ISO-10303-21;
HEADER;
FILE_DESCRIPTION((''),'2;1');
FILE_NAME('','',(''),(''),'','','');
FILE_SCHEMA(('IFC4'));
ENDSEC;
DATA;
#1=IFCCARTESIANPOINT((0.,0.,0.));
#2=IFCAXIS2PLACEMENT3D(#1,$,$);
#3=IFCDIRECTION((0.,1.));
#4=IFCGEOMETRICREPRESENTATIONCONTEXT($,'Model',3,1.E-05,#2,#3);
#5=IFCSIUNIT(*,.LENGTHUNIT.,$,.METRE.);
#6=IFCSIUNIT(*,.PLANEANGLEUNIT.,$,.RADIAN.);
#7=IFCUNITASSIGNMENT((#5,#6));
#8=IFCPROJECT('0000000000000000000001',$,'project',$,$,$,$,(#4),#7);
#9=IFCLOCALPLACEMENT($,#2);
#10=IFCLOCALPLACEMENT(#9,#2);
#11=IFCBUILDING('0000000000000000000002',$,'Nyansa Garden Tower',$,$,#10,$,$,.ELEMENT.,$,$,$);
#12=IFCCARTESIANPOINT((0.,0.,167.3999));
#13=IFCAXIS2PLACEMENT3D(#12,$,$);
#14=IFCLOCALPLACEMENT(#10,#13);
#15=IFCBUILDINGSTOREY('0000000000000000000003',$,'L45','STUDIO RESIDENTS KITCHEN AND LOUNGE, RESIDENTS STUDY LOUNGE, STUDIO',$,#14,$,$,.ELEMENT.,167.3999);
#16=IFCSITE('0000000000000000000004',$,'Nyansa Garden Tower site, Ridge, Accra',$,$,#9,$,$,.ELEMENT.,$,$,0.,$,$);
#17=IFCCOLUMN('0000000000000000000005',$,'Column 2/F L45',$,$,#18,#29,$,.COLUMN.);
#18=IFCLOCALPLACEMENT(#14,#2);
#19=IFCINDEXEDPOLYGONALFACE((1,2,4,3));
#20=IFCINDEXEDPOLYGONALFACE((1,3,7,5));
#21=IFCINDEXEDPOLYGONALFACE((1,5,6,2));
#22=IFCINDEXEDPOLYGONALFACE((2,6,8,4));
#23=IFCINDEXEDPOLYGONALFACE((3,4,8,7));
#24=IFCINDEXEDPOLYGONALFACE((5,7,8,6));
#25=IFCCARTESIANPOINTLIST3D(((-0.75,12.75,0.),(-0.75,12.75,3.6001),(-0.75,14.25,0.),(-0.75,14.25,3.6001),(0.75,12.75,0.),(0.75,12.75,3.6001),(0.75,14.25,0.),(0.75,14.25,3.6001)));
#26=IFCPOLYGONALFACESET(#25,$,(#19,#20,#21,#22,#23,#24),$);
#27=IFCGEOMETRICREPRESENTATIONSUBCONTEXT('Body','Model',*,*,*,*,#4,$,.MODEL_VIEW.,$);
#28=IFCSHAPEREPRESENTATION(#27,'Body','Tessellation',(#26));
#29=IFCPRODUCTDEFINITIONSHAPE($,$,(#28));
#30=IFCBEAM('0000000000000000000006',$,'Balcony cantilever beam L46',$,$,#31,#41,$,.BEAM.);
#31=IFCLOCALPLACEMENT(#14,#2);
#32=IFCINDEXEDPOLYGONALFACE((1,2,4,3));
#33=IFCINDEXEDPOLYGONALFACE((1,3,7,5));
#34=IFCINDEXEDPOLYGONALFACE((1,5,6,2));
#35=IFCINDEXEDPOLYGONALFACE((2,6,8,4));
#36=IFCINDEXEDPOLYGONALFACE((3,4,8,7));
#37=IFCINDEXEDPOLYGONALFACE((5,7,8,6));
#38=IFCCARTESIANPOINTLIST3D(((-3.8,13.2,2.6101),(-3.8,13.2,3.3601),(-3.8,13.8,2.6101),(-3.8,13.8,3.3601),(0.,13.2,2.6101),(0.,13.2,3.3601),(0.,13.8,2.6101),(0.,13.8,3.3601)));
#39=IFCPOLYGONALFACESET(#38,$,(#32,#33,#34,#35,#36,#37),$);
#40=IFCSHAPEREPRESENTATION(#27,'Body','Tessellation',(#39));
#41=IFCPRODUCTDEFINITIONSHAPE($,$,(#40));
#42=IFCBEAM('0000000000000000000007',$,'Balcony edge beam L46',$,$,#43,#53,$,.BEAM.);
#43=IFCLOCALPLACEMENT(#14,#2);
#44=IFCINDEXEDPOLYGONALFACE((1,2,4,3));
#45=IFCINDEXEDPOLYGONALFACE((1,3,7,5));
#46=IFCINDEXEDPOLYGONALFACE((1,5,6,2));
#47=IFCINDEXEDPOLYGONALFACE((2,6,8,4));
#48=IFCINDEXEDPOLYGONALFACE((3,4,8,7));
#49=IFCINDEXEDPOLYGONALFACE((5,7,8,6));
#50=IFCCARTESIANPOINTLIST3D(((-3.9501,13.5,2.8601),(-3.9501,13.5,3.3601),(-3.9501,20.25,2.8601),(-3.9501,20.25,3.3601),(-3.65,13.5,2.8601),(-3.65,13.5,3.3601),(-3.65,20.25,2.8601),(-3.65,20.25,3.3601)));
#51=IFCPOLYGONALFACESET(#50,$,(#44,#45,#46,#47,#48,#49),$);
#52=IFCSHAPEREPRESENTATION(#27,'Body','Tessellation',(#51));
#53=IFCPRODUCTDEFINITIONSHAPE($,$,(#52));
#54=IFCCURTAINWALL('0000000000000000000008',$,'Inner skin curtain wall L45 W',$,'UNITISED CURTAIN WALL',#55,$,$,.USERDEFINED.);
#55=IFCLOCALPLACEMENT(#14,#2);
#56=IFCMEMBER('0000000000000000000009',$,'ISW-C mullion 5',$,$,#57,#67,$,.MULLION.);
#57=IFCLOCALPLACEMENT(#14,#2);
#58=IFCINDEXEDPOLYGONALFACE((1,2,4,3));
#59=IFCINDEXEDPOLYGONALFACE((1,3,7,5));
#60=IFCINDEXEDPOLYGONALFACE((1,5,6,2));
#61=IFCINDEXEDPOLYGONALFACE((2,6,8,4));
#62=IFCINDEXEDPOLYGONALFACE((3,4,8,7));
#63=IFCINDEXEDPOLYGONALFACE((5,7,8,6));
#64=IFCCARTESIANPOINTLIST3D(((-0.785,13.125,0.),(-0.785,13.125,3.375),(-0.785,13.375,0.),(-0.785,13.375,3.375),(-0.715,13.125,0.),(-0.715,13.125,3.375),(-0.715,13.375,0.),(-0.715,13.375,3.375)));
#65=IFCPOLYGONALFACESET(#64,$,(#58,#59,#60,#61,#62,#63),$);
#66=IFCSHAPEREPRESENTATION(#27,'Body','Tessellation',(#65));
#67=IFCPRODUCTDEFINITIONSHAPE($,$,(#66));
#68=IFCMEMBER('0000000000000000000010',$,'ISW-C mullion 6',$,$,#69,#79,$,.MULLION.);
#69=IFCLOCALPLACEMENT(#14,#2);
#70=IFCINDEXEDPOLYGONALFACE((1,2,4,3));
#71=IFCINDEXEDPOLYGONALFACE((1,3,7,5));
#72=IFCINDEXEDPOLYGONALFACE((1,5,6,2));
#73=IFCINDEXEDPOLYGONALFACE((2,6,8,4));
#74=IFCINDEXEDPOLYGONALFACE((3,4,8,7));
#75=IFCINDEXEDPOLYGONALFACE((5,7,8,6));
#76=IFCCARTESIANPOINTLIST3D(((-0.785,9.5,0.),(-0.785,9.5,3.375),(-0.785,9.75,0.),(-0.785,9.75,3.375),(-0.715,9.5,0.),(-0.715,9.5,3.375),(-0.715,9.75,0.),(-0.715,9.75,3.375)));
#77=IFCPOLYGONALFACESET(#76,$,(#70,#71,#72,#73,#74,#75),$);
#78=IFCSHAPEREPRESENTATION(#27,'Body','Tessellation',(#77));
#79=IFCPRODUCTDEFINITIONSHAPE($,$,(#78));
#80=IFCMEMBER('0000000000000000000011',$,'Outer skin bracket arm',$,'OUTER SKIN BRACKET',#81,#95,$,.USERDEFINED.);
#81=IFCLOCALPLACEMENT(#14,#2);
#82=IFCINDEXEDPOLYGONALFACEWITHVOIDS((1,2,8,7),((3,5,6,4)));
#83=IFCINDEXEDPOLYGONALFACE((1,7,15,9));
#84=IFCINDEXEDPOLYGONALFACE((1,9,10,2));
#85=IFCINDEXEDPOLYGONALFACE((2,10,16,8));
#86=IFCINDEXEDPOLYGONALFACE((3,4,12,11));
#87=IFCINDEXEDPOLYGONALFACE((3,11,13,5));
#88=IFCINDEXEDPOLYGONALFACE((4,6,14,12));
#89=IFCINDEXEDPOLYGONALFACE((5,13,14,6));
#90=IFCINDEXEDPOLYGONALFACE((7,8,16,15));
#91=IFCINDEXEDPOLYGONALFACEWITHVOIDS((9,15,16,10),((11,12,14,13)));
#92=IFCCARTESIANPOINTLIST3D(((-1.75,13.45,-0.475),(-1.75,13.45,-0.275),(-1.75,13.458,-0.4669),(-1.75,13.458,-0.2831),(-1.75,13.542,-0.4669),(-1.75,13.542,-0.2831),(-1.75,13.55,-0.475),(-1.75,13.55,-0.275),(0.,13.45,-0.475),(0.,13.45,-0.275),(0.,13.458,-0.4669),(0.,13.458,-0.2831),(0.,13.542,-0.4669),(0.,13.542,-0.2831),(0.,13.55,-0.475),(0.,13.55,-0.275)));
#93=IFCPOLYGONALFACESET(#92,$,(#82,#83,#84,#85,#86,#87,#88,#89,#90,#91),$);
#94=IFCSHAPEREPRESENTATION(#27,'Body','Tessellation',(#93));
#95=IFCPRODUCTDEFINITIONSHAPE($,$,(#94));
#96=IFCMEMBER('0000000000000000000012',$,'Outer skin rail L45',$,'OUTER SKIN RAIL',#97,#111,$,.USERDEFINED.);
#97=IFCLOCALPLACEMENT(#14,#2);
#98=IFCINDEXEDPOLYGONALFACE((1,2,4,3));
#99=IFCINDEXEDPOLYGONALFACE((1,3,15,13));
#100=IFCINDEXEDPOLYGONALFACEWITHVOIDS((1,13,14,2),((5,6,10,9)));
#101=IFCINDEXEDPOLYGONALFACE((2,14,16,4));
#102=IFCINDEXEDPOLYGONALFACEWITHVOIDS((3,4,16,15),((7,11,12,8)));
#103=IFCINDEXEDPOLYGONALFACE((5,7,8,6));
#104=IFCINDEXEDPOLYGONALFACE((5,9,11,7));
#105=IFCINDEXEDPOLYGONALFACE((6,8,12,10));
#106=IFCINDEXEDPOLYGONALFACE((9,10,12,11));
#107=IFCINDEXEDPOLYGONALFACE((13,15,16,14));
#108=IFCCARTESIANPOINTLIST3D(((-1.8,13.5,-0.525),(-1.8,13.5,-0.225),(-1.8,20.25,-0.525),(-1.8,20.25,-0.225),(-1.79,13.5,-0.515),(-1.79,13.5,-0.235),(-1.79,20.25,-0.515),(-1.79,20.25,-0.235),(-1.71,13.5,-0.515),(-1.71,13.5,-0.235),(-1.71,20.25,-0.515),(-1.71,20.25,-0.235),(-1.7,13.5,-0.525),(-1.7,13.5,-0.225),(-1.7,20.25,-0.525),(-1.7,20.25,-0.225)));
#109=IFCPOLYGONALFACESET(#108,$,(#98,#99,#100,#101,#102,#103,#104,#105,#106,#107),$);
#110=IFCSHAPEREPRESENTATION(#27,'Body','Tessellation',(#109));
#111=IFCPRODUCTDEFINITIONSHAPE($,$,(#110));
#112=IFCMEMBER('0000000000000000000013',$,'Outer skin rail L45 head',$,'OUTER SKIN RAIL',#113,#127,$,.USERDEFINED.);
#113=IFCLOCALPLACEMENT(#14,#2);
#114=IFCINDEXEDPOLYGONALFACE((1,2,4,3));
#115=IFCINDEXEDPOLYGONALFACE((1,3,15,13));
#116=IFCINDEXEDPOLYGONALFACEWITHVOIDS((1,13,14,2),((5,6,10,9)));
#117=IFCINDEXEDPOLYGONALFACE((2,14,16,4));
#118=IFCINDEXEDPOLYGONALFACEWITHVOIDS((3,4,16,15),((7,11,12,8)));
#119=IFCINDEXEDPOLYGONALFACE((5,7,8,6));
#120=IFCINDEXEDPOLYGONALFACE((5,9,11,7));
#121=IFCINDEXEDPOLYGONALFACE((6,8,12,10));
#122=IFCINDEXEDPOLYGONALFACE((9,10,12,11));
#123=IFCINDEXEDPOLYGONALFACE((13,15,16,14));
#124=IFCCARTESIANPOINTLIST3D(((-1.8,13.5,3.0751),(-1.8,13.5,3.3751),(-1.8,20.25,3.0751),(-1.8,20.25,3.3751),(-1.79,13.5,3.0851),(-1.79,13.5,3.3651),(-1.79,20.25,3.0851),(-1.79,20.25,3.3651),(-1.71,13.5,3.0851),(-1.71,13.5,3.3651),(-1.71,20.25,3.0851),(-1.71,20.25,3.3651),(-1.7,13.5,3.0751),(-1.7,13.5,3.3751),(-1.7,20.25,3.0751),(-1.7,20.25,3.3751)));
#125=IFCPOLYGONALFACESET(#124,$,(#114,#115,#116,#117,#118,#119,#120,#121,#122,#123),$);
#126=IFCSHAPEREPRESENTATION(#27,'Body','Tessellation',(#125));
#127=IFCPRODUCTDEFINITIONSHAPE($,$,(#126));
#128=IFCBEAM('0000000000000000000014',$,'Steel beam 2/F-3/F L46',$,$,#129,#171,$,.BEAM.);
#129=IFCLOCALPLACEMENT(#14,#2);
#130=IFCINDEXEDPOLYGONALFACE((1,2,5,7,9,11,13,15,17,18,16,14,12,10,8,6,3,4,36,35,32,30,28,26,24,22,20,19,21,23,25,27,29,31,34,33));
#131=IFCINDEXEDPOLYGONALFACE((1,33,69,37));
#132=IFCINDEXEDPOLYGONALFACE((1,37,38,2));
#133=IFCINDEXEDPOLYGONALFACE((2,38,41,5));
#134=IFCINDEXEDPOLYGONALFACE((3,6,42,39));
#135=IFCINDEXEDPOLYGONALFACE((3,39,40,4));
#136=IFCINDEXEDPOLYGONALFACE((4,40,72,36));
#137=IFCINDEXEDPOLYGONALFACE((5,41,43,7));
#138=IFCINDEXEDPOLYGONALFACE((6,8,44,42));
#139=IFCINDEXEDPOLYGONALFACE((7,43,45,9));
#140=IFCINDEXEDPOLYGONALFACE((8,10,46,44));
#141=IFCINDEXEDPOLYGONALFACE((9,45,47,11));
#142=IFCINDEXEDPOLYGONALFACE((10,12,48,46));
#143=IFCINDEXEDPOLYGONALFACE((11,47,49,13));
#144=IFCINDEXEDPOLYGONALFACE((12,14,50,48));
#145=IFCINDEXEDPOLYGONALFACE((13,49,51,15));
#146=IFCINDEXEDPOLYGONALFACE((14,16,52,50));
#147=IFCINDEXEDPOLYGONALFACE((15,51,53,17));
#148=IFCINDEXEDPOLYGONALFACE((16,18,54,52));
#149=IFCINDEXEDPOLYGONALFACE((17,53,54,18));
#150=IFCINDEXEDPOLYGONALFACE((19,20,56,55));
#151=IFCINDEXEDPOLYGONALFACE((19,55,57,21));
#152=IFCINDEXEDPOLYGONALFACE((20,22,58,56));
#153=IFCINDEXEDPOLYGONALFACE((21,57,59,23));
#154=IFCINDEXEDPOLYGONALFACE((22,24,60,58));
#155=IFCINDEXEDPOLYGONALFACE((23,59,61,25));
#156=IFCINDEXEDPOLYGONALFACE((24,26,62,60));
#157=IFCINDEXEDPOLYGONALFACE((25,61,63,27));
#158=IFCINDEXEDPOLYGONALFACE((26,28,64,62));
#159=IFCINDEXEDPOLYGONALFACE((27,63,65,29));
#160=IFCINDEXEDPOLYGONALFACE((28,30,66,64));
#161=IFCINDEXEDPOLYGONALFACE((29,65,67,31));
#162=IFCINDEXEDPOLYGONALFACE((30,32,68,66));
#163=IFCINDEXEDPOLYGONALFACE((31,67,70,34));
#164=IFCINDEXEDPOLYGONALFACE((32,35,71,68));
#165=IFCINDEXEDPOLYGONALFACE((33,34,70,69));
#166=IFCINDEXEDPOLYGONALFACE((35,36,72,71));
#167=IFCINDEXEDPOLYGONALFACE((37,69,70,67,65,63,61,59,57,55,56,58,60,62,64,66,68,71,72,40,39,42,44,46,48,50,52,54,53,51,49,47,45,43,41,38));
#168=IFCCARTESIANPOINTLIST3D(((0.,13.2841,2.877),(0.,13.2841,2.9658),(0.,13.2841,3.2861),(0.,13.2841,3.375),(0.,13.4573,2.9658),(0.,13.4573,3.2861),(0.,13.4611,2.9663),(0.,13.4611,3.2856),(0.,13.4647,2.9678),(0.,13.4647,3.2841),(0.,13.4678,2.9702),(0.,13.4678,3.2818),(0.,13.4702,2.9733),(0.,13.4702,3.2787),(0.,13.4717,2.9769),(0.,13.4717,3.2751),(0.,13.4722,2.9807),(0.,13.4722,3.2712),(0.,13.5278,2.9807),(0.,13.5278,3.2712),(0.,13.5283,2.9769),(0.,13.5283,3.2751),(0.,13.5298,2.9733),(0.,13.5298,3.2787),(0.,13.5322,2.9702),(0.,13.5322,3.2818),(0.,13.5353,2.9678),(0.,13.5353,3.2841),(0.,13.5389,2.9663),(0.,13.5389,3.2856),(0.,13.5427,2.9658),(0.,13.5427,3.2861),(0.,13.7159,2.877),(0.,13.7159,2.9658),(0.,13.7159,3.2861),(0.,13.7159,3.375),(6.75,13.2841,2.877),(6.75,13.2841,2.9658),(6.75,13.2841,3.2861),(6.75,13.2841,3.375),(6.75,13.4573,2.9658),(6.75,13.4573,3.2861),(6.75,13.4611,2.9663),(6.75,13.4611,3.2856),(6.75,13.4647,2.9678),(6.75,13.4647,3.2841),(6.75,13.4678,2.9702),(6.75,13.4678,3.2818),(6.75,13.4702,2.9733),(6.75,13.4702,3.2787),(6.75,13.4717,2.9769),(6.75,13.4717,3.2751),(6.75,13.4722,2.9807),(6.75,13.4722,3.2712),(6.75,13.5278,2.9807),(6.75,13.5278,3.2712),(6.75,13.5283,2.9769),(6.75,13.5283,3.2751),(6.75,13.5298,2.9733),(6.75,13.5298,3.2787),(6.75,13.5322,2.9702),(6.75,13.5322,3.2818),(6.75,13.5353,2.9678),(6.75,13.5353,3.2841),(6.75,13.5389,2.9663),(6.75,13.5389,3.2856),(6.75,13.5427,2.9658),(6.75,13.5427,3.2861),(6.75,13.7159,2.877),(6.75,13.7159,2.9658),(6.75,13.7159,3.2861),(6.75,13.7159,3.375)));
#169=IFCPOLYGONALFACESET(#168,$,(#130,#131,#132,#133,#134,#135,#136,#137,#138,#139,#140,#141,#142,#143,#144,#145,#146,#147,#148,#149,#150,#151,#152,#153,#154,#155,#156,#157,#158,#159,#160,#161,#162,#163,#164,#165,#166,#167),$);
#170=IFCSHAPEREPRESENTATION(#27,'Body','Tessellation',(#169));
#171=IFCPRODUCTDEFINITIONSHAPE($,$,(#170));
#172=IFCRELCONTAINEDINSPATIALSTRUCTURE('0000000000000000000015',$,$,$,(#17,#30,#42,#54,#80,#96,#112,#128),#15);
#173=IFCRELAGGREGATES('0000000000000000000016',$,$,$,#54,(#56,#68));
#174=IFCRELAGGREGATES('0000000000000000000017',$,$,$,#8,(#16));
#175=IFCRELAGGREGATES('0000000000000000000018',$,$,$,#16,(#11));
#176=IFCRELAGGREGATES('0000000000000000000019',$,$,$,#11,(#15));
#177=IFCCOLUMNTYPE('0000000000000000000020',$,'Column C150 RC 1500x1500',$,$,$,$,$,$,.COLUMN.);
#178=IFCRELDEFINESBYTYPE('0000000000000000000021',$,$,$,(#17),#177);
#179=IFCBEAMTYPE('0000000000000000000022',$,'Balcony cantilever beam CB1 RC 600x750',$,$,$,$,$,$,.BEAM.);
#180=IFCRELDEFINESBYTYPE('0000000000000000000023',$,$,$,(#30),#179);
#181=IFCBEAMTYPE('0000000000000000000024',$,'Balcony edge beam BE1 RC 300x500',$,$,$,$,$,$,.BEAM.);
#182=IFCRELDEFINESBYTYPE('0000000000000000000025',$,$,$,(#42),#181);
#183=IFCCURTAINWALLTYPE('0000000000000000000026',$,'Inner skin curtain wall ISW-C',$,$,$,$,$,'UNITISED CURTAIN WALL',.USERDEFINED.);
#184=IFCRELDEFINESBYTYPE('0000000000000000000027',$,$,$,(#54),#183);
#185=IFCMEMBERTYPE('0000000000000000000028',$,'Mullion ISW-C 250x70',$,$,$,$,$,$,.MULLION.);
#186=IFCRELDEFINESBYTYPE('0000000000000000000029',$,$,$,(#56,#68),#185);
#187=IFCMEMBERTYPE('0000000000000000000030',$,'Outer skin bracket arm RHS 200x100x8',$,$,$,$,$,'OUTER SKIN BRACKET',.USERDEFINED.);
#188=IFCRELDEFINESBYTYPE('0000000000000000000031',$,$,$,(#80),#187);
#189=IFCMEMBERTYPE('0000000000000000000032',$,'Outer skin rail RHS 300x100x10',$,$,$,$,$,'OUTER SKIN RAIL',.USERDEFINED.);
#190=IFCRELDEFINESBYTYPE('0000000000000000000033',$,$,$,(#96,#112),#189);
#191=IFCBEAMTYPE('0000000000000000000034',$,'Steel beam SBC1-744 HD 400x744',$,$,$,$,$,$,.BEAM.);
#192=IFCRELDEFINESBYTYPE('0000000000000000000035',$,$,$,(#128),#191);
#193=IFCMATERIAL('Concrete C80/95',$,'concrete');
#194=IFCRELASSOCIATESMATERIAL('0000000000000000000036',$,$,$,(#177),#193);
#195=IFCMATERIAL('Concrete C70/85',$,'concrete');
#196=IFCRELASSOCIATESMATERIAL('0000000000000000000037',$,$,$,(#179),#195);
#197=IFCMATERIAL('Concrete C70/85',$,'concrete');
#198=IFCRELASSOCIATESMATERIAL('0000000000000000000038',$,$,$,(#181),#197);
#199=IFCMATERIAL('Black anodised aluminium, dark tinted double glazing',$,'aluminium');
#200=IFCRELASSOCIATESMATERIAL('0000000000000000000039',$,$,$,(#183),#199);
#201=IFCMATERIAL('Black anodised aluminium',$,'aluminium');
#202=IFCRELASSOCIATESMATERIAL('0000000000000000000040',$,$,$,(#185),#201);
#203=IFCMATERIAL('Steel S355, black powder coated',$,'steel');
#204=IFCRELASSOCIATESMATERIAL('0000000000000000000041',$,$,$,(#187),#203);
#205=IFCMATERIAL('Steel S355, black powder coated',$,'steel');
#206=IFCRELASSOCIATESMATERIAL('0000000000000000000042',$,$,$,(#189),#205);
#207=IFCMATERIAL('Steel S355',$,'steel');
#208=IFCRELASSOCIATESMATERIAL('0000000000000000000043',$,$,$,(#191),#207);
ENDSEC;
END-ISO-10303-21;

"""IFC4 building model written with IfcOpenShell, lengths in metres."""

from ifc_helpers import new_model, si_unit, direction, frame, origin, origin_2d, place, context, subcontext, project, spatial, rectangle, hollow_rectangle, i_section, extrude, material, material_profile, profile_set, type_object, element, aggregate, save


model = new_model("IFC4")

# Units and contexts
model_context = context("Model", 3, precision=1e-05, world=origin(), true_north=direction((0.0, 1.0)))
body_context = subcontext(model_context, "Body", "Model", "MODEL_VIEW")
ifc_project = project(units=[si_unit("LENGTHUNIT", "METRE"), si_unit("PLANEANGLEUNIT", "RADIAN")], contexts=[model_context])

# Site, building, storey
site_placement = place(None, origin())
site = spatial("IfcSite", under=ifc_project, at=site_placement, Name="Nyansa Garden Tower site, Ridge, Accra", CompositionType="ELEMENT", RefElevation=0.0)
building_placement = place(site_placement, origin())
building = spatial("IfcBuilding", under=site, at=building_placement, Name="Nyansa Garden Tower", CompositionType="ELEMENT")
storey_placement = place(building_placement, frame((0.0, 0.0, 167.3999)))
storey = spatial("IfcBuildingStorey", under=building, at=storey_placement, Name="L45", Description="STUDIO RESIDENTS KITCHEN AND LOUNGE, RESIDENTS STUDY LOUNGE, STUDIO", CompositionType="ELEMENT", Elevation=167.3999)

# Column
ifc_material_1 = material(Name="Concrete C80/95", Category="concrete")
ifc_material_profile_1 = material_profile(ifc_material_1, rectangle(XDim=1.5, YDim=1.5, at=origin_2d()), Name="RC 1500x1500")
ifc_profile_set_1 = profile_set([ifc_material_profile_1], Name="Concrete C80/95")
column_type = type_object("IfcColumnType", Name="Column C150 RC 1500x1500", PredefinedType="COLUMN", material=ifc_profile_set_1)
column_placement = place(storey_placement, frame((0.0, 13.5, 0.0), z_axis=(0.0, 0.0, 1.0), x_axis=(1.0, 0.0, 0.0)))
element("IfcColumn", 1, at=column_placement, inside=storey, type_object=column_type, Name="Column 2/F L45", PredefinedType="COLUMN", context=body_context, shape_type="SweptSolid", body=[
    extrude(rectangle(XDim=1.5, YDim=1.5, at=origin_2d()), origin(), (0.0, 0.0, 1.0), 3.6001),
])

# Beams
ifc_material_2 = material(Name="Concrete C70/85", Category="concrete")
ifc_material_profile_2 = material_profile(ifc_material_2, rectangle(XDim=0.6001, YDim=0.75, at=origin_2d()), Name="RC 600x750")
ifc_profile_set_2 = profile_set([ifc_material_profile_2], Name="Concrete C70/85")
beam_type_1 = type_object("IfcBeamType", Name="Balcony cantilever beam CB1 RC 600x750", PredefinedType="BEAM", material=ifc_profile_set_2)
beam_1_placement = place(storey_placement, frame((0.0, 13.5, 2.9851), z_axis=(-1.0, 0.0, 0.0), x_axis=(0.0, -1.0, 0.0)))
element("IfcBeam", 2, at=beam_1_placement, inside=storey, type_object=beam_type_1, Name="Balcony cantilever beam L46", PredefinedType="BEAM", context=body_context, shape_type="SweptSolid", body=[
    extrude(rectangle(XDim=0.6001, YDim=0.75, at=origin_2d()), origin(), (0.0, 0.0, 1.0), 3.8),
])
ifc_material_3 = material(Name="Concrete C70/85", Category="concrete")
ifc_material_profile_3 = material_profile(ifc_material_3, rectangle(XDim=0.3, YDim=0.5, at=origin_2d()), Name="RC 300x500")
ifc_profile_set_3 = profile_set([ifc_material_profile_3], Name="Concrete C70/85")
beam_type_2 = type_object("IfcBeamType", Name="Balcony edge beam BE1 RC 300x500", PredefinedType="BEAM", material=ifc_profile_set_3)
beam_2_placement = place(storey_placement, frame((-3.8, 13.5, 3.1101), z_axis=(0.0, 1.0, 0.0), x_axis=(-1.0, 0.0, 0.0)))
element("IfcBeam", 3, at=beam_2_placement, inside=storey, type_object=beam_type_2, Name="Balcony edge beam L46", PredefinedType="BEAM", context=body_context, shape_type="SweptSolid", body=[
    extrude(rectangle(XDim=0.3, YDim=0.5, at=origin_2d()), origin(), (0.0, 0.0, 1.0), 6.75),
])

# Curtain wall, members
ifc_material_4 = material(Name="Black anodised aluminium, dark tinted double glazing", Category="aluminium")
curtain_wall_type = type_object("IfcCurtainWallType", Name="Inner skin curtain wall ISW-C", ElementType="UNITISED CURTAIN WALL", PredefinedType="USERDEFINED", material=ifc_material_4)
curtain_wall_placement = place(storey_placement, origin())
curtain_wall = element("IfcCurtainWall", 4, at=curtain_wall_placement, inside=storey, type_object=curtain_wall_type, Name="Inner skin curtain wall L45 W", ObjectType="UNITISED CURTAIN WALL", PredefinedType="USERDEFINED")
ifc_material_5 = material(Name="Black anodised aluminium", Category="aluminium")
ifc_material_profile_4 = material_profile(ifc_material_5, rectangle(XDim=0.0701, YDim=0.25, at=origin_2d()), Name="Mullion 250x70")
ifc_profile_set_4 = profile_set([ifc_material_profile_4], Name="Black anodised aluminium")
member_type_1 = type_object("IfcMemberType", Name="Mullion ISW-C 250x70", PredefinedType="MULLION", material=ifc_profile_set_4)
member_1_placement = place(storey_placement, frame((-0.75, 13.25, 0.0), z_axis=(0.0, 0.0, 1.0), x_axis=(1.0, 0.0, 0.0)))
member_1 = element("IfcMember", 5, at=member_1_placement, type_object=member_type_1, Name="ISW-C mullion 5", PredefinedType="MULLION", context=body_context, shape_type="SweptSolid", body=[
    extrude(rectangle(XDim=0.0701, YDim=0.25, at=origin_2d()), origin(), (0.0, 0.0, 1.0), 3.375),
])
member_2_placement = place(storey_placement, frame((-0.75, 9.625, 0.0), z_axis=(0.0, 0.0, 1.0), x_axis=(1.0, 0.0, 0.0)))
member_2 = element("IfcMember", 6, at=member_2_placement, type_object=member_type_1, Name="ISW-C mullion 6", PredefinedType="MULLION", context=body_context, shape_type="SweptSolid", body=[
    extrude(rectangle(XDim=0.0701, YDim=0.25, at=origin_2d()), origin(), (0.0, 0.0, 1.0), 3.375),
])

# Members
ifc_material_6 = material(Name="Steel S355, black powder coated", Category="steel")
ifc_material_profile_5 = material_profile(ifc_material_6, hollow_rectangle(XDim=0.1001, YDim=0.2, WallThickness=0.0081, at=origin_2d()), Name="RHS 200x100x8")
ifc_profile_set_5 = profile_set([ifc_material_profile_5], Name="Steel S355, black powder coated")
member_type_2 = type_object("IfcMemberType", Name="Outer skin bracket arm RHS 200x100x8", ElementType="OUTER SKIN BRACKET", PredefinedType="USERDEFINED", material=ifc_profile_set_5)
member_3_placement = place(storey_placement, frame((0.0, 13.5, -0.375), z_axis=(-1.0, 0.0, 0.0), x_axis=(0.0, -1.0, 0.0)))
element("IfcMember", 7, at=member_3_placement, inside=storey, type_object=member_type_2, Name="Outer skin bracket arm", ObjectType="OUTER SKIN BRACKET", PredefinedType="USERDEFINED", context=body_context, shape_type="SweptSolid", body=[
    extrude(hollow_rectangle(XDim=0.1001, YDim=0.2, WallThickness=0.0081, at=origin_2d()), origin(), (0.0, 0.0, 1.0), 1.75),
])
ifc_material_7 = material(Name="Steel S355, black powder coated", Category="steel")
ifc_material_profile_6 = material_profile(ifc_material_7, hollow_rectangle(XDim=0.1001, YDim=0.3, WallThickness=0.01, at=origin_2d()), Name="RHS 300x100x10")
ifc_profile_set_6 = profile_set([ifc_material_profile_6], Name="Steel S355, black powder coated")
member_type_3 = type_object("IfcMemberType", Name="Outer skin rail RHS 300x100x10", ElementType="OUTER SKIN RAIL", PredefinedType="USERDEFINED", material=ifc_profile_set_6)
for number, where, z_axis, x_axis, name in (
    (8, (-1.75, 13.5, -0.375), (0.0, 1.0, 0.0), (-1.0, 0.0, 0.0), "Outer skin rail L45"),
    (9, (-1.75, 13.5, 3.2251), (0.0, 1.0, 0.0), (-1.0, 0.0, 0.0), "Outer skin rail L45 head"),
):
    element("IfcMember", number, at=place(storey_placement, frame(where, z_axis=z_axis, x_axis=x_axis)), inside=storey, type_object=member_type_3, Name=name, ObjectType="OUTER SKIN RAIL", PredefinedType="USERDEFINED", context=body_context, shape_type="SweptSolid", body=[
        extrude(hollow_rectangle(XDim=0.1001, YDim=0.3, WallThickness=0.01, at=origin_2d()), origin(), (0.0, 0.0, 1.0), 6.75),
    ])

# Beam
ifc_material_8 = material(Name="Steel S355", Category="steel")
ifc_material_profile_7 = material_profile(ifc_material_8, i_section(OverallWidth=0.4319, OverallDepth=0.498, WebThickness=0.0557, FlangeThickness=0.0889, FilletRadius=0.0149, at=origin_2d()), Name="HD 400x744")
ifc_profile_set_7 = profile_set([ifc_material_profile_7], Name="Steel S355")
beam_type_3 = type_object("IfcBeamType", Name="Steel beam SBC1-744 HD 400x744", PredefinedType="BEAM", material=ifc_profile_set_7)
beam_3_placement = place(storey_placement, frame((0.0, 13.5, 3.126), z_axis=(1.0, 0.0, 0.0), x_axis=(0.0, 1.0, 0.0)))
element("IfcBeam", 10, at=beam_3_placement, inside=storey, type_object=beam_type_3, Name="Steel beam 2/F-3/F L46", PredefinedType="BEAM", context=body_context, shape_type="SweptSolid", body=[
    extrude(i_section(OverallWidth=0.4319, OverallDepth=0.498, WebThickness=0.0557, FlangeThickness=0.0889, FilletRadius=0.0149, at=origin_2d()), origin(), (0.0, 0.0, 1.0), 6.75),
])

aggregate(curtain_wall, [member_1, member_2])

save(model, "model.ifc")
